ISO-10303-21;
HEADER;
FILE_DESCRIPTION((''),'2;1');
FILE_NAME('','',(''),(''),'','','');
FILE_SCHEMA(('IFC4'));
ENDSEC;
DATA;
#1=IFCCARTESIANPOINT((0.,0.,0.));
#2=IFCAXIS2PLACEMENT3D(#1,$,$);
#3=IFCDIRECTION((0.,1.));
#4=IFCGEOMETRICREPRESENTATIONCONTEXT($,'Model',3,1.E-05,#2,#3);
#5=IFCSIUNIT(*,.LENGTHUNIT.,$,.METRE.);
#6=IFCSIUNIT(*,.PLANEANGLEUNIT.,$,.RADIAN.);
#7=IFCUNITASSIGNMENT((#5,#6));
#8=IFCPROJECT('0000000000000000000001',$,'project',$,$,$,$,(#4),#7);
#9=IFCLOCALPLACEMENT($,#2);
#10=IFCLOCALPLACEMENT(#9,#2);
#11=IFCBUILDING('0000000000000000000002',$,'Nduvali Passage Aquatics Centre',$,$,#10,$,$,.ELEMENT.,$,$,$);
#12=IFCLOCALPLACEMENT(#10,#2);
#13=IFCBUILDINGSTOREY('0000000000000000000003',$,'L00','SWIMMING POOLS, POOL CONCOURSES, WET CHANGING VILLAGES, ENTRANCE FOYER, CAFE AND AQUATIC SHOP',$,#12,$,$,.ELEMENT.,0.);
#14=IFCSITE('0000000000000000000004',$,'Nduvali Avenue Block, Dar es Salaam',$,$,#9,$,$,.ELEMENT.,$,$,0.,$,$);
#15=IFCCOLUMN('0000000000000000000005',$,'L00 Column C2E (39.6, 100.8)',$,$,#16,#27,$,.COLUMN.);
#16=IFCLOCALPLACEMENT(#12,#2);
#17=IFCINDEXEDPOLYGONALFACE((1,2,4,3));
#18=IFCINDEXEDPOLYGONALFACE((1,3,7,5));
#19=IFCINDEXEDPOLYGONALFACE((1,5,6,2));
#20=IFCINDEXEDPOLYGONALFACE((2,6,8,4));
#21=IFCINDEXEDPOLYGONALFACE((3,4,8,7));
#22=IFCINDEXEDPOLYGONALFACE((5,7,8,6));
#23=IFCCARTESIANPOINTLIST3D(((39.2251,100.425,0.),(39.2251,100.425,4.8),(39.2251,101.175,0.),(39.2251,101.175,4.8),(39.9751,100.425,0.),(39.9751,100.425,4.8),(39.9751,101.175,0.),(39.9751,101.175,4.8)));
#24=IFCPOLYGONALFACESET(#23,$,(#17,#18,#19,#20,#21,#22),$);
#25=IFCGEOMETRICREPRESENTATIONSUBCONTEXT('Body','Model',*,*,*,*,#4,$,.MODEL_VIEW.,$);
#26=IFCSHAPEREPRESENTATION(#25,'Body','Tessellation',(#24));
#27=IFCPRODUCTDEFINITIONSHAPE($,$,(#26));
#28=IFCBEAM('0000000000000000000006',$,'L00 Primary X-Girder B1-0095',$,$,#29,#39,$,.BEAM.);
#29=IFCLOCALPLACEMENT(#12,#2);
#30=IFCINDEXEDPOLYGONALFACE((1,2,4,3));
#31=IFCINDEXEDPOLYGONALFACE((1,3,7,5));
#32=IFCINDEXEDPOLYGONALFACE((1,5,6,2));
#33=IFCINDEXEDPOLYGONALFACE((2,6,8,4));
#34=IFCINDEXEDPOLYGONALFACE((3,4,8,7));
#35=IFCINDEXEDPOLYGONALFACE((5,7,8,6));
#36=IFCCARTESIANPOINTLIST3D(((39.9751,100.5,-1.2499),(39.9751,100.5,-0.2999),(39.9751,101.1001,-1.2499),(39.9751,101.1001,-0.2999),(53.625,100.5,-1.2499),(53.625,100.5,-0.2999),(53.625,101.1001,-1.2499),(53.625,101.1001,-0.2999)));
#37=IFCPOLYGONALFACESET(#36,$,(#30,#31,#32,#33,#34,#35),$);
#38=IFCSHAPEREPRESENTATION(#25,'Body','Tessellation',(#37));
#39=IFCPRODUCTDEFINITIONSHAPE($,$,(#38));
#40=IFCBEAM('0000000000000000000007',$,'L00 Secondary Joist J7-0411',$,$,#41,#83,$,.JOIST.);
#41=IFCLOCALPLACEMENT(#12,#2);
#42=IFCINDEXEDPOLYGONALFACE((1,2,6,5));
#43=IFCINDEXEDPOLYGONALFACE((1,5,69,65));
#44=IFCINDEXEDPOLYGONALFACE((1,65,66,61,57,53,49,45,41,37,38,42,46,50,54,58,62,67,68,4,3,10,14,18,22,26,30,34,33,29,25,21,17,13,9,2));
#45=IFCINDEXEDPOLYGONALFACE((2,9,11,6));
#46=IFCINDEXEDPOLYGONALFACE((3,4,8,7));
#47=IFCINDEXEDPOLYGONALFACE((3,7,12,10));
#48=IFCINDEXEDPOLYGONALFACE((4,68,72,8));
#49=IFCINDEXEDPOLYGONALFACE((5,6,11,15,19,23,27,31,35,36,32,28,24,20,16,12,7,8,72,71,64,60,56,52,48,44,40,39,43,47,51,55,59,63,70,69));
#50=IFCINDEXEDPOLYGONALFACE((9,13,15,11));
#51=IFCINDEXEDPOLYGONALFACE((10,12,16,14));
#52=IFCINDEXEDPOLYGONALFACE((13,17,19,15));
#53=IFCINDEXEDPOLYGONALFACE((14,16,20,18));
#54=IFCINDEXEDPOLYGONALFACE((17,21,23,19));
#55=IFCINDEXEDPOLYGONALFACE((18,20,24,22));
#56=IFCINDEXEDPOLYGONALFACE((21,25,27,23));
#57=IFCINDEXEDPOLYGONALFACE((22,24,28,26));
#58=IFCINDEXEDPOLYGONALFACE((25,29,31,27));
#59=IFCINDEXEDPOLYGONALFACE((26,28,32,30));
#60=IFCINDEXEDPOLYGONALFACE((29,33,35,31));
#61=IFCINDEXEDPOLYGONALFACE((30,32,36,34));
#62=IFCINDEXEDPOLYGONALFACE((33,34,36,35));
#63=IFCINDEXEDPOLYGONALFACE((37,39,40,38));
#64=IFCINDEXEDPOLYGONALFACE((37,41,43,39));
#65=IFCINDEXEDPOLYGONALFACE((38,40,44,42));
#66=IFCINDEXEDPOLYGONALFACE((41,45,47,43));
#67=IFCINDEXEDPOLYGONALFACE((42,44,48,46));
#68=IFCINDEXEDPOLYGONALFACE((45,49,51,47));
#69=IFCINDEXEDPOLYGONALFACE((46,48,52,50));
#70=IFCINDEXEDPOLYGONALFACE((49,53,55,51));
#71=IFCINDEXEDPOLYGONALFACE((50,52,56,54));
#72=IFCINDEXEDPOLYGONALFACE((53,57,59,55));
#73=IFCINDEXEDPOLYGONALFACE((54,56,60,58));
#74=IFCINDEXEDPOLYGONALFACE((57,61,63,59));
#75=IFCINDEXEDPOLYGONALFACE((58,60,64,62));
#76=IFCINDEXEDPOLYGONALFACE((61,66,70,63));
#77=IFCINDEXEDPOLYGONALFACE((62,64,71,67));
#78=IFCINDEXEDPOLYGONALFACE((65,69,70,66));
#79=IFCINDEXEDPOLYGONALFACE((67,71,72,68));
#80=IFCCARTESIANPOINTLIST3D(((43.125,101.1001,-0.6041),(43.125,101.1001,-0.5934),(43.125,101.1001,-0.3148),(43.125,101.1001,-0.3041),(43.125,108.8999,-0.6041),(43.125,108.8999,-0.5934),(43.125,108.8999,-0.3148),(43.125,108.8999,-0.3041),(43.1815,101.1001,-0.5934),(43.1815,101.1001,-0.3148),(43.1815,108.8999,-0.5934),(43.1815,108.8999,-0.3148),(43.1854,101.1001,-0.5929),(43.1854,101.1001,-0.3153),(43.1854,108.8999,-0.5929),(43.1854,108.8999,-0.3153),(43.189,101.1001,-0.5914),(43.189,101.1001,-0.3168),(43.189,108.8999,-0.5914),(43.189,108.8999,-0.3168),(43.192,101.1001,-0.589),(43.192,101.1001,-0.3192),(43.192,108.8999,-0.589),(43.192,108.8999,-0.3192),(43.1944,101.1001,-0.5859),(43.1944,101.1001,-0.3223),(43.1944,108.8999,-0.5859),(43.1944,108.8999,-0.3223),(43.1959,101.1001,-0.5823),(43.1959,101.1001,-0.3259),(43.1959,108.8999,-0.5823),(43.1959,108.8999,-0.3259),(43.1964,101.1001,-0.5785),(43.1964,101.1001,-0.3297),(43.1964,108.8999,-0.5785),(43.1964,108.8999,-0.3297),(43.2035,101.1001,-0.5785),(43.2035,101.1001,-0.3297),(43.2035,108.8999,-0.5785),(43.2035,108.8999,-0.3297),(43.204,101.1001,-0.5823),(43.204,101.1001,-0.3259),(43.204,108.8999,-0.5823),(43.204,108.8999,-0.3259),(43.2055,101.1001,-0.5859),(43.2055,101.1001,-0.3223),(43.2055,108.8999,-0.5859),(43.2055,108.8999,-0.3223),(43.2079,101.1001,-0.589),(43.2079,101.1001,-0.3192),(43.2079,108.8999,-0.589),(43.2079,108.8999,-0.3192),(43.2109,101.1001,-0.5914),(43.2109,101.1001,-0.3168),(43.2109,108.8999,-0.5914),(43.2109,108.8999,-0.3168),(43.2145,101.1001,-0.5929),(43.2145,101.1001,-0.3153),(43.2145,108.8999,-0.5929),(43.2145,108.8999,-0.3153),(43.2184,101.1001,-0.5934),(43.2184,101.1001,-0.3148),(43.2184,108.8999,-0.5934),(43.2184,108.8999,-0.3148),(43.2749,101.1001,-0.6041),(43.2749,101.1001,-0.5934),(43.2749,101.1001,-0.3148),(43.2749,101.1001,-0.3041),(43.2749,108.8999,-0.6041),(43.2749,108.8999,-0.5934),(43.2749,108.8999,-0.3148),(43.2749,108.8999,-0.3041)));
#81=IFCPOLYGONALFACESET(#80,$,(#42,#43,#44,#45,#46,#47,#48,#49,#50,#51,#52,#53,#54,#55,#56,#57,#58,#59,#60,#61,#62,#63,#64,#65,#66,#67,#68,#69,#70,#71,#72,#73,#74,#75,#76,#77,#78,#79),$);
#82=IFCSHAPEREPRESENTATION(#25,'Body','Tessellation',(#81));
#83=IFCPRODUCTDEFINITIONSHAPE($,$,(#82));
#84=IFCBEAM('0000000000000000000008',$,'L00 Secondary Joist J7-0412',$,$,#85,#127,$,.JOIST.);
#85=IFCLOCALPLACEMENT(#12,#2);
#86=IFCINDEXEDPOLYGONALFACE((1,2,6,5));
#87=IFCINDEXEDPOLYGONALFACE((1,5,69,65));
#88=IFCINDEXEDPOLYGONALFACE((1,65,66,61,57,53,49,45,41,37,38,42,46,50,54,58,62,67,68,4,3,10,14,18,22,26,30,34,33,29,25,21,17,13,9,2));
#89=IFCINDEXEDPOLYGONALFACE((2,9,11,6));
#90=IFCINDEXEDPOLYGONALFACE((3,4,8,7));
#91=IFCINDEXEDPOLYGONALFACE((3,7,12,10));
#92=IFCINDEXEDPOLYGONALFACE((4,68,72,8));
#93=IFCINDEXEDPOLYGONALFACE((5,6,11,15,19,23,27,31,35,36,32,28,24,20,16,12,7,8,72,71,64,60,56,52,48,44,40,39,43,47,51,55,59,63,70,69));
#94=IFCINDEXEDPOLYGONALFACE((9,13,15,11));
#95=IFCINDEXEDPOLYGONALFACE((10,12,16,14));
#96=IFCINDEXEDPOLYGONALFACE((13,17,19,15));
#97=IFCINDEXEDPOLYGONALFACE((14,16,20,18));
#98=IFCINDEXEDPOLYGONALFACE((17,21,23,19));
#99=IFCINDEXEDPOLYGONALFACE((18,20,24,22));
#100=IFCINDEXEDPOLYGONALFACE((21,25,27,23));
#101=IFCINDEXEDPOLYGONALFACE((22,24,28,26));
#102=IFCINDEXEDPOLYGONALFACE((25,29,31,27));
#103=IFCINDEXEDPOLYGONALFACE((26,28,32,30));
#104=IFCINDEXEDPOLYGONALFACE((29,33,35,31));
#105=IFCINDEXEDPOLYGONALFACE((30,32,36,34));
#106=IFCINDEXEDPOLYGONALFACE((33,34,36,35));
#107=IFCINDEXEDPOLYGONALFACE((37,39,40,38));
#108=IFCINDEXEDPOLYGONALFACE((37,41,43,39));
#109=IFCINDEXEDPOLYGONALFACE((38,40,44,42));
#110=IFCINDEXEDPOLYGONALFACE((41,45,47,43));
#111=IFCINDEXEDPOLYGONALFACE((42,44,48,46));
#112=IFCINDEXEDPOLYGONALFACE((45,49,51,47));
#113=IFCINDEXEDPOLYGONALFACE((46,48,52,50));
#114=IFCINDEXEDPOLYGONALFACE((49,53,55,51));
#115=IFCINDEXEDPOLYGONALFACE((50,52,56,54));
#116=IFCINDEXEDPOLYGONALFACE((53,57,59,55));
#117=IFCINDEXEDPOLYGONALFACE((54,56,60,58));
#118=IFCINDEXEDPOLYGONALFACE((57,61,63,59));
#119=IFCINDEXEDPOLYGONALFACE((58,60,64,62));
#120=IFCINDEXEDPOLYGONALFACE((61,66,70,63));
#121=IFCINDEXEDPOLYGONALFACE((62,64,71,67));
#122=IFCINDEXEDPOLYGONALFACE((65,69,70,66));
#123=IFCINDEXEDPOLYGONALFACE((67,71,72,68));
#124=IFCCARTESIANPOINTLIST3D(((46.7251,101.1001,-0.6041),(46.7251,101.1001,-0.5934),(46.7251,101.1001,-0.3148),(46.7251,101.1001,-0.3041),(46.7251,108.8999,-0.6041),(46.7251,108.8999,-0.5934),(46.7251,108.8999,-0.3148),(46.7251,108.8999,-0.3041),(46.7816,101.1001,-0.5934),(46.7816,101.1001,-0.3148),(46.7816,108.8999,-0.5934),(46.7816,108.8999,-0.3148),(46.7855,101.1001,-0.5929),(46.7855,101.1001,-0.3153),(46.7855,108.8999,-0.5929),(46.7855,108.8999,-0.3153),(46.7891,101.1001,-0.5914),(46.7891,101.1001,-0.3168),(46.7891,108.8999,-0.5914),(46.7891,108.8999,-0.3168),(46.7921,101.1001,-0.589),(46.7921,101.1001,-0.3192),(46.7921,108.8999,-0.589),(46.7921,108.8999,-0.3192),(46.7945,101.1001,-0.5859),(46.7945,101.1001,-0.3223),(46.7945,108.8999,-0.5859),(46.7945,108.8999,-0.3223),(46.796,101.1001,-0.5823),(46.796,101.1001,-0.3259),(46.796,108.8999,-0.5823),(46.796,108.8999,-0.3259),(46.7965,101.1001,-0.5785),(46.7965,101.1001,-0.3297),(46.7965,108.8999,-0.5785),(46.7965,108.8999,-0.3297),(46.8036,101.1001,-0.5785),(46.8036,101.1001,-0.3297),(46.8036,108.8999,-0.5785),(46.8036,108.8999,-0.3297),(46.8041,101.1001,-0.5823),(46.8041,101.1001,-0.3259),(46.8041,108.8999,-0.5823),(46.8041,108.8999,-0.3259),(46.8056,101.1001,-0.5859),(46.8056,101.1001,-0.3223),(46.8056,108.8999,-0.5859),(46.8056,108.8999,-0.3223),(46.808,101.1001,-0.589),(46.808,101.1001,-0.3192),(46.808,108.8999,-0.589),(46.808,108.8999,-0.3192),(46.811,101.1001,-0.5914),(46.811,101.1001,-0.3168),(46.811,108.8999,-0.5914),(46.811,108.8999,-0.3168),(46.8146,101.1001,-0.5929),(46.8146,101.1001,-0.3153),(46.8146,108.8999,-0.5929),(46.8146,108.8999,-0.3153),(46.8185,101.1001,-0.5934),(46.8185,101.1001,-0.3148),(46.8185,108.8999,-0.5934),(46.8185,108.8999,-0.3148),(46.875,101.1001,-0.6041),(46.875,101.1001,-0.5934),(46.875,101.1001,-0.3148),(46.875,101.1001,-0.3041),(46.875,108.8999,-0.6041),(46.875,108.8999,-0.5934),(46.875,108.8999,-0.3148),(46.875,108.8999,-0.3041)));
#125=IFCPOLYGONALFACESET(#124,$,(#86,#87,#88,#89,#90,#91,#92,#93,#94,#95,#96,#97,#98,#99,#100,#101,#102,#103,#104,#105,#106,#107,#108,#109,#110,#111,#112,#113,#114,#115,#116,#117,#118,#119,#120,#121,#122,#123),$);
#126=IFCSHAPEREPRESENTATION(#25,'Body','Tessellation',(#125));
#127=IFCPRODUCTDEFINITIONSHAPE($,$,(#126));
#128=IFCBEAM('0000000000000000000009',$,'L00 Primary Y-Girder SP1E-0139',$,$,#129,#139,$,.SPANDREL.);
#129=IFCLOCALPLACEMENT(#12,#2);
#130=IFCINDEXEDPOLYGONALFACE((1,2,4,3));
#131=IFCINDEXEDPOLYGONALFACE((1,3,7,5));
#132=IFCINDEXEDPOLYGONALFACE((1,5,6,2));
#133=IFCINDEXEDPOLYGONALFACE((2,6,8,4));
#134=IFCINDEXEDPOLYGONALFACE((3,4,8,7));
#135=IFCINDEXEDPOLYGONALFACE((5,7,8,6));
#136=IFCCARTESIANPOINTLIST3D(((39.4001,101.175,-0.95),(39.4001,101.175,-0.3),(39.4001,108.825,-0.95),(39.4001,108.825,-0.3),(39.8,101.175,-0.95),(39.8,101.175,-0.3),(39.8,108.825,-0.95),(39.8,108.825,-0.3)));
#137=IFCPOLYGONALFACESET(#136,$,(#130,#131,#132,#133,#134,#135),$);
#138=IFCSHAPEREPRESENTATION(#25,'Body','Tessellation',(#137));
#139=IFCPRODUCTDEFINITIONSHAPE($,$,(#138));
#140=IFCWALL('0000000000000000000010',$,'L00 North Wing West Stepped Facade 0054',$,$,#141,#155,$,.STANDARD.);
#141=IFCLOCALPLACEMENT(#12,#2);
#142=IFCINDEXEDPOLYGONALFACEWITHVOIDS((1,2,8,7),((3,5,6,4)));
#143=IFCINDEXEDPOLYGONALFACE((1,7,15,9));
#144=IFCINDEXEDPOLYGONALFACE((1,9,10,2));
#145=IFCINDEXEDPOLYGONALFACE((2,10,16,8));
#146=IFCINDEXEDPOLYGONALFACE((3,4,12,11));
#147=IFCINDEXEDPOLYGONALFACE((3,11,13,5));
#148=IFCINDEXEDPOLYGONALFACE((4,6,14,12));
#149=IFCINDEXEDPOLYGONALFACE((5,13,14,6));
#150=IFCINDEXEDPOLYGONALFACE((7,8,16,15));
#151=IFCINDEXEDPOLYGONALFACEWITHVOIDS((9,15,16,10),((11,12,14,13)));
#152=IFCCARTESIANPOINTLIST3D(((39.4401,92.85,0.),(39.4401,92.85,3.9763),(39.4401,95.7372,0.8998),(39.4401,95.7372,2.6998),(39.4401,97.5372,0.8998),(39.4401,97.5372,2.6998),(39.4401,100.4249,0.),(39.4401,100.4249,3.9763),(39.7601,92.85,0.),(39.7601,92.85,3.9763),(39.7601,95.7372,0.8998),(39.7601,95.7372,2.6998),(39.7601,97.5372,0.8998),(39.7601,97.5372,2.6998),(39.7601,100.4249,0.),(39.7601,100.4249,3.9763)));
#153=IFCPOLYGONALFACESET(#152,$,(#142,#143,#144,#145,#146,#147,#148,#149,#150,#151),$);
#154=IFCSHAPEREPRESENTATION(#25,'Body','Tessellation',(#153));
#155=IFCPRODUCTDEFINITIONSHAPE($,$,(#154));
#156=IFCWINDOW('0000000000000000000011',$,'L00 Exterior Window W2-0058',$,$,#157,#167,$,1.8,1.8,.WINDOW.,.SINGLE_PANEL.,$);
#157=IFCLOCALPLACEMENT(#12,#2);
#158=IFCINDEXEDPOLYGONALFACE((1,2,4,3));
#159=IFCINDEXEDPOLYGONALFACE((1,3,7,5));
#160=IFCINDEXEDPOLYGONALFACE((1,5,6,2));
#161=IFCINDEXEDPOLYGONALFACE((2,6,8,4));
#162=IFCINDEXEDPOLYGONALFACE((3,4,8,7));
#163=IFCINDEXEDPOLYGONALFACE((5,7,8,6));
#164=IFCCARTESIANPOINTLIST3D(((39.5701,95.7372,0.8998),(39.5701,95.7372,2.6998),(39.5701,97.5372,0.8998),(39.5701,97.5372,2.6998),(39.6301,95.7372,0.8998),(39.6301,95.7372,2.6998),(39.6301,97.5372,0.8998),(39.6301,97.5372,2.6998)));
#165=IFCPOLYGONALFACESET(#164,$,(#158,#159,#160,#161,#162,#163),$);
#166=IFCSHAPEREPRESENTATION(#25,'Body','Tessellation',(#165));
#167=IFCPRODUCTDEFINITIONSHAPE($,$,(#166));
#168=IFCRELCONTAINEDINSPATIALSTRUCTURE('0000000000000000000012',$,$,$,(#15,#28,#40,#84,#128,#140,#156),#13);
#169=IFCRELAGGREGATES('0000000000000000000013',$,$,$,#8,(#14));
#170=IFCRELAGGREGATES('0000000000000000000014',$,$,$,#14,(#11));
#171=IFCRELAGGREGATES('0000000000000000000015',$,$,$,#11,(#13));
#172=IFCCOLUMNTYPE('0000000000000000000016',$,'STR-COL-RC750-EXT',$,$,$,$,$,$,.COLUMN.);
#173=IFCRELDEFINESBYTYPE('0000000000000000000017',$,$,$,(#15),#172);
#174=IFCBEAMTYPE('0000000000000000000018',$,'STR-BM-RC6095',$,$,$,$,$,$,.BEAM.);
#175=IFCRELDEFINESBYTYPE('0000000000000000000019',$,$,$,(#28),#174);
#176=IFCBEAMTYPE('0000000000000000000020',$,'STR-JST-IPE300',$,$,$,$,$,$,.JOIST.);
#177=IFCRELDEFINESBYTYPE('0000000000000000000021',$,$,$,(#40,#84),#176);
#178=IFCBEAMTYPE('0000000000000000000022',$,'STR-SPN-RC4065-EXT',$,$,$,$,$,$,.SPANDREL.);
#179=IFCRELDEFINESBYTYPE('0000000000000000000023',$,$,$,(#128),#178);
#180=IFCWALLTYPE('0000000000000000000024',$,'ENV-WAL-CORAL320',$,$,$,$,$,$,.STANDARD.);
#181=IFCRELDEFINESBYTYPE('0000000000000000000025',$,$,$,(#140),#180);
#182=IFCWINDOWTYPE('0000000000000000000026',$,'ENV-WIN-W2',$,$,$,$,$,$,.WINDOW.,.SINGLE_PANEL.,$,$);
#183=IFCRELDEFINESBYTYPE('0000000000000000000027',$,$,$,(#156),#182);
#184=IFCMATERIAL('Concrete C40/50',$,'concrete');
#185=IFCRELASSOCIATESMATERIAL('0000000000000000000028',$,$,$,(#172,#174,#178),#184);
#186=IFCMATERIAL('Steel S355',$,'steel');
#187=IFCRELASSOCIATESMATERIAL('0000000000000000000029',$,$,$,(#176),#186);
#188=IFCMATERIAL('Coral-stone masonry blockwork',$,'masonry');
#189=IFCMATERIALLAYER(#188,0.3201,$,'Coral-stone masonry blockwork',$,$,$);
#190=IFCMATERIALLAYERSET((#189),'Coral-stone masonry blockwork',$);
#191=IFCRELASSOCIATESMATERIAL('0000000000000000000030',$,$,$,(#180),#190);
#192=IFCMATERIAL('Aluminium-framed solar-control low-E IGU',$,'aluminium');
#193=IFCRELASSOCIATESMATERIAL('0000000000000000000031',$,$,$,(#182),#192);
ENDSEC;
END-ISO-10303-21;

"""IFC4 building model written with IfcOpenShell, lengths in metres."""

from ifc_helpers import new_model, si_unit, direction, frame, frame_2d, origin, origin_2d, place, context, subcontext, project, spatial, rectangle, i_section, extrude, material, layer, layer_set, material_profile, profile_set, type_object, element, fill, save


model = new_model("IFC4")

# Units and contexts
model_context = context("Model", 3, precision=1e-05, world=origin(), true_north=direction((0.0, 1.0)))
body_context = subcontext(model_context, "Body", "Model", "MODEL_VIEW")
ifc_project = project(units=[si_unit("LENGTHUNIT", "METRE"), si_unit("PLANEANGLEUNIT", "RADIAN")], contexts=[model_context])

# Site, building, storey
site_placement = place(None, origin())
site = spatial("IfcSite", under=ifc_project, at=site_placement, Name="Nduvali Avenue Block, Dar es Salaam", CompositionType="ELEMENT", RefElevation=0.0)
building_placement = place(site_placement, origin())
building = spatial("IfcBuilding", under=site, at=building_placement, Name="Nduvali Passage Aquatics Centre", CompositionType="ELEMENT")
storey_placement = place(building_placement, origin())
storey = spatial("IfcBuildingStorey", under=building, at=storey_placement, Name="L00", Description="SWIMMING POOLS, POOL CONCOURSES, WET CHANGING VILLAGES, ENTRANCE FOYER, CAFE AND AQUATIC SHOP", CompositionType="ELEMENT", Elevation=0.0)

# Column
ifc_material_1 = material(Name="Concrete C40/50", Category="concrete")
ifc_material_profile_1 = material_profile(ifc_material_1, rectangle(XDim=0.75, YDim=0.75, at=origin_2d()), Name="RC 750x750")
ifc_profile_set_1 = profile_set([ifc_material_profile_1], Name="Concrete C40/50")
column_type = type_object("IfcColumnType", Name="STR-COL-RC750-EXT", PredefinedType="COLUMN", material=ifc_profile_set_1)
column_placement = place(storey_placement, frame((39.6001, 100.8, 0.0), z_axis=(0.0, 0.0, 1.0), x_axis=(1.0, 0.0, 0.0)))
element("IfcColumn", 1, at=column_placement, inside=storey, type_object=column_type, Name="L00 Column C2E (39.6, 100.8)", PredefinedType="COLUMN", context=body_context, shape_type="SweptSolid", body=[
    extrude(rectangle(XDim=0.75, YDim=0.75, at=origin_2d()), origin(), (0.0, 0.0, 1.0), 4.8),
])

# Beams
ifc_material_profile_2 = material_profile(ifc_material_1, rectangle(XDim=0.6001, YDim=0.95, at=origin_2d()), Name="RC 600x950")
ifc_profile_set_2 = profile_set([ifc_material_profile_2], Name="Concrete C40/50")
beam_type_1 = type_object("IfcBeamType", Name="STR-BM-RC6095", PredefinedType="BEAM", material=ifc_profile_set_2)
beam_1_placement = place(storey_placement, frame((39.9751, 100.8, -0.7749), z_axis=(1.0, 0.0, 0.0), x_axis=(0.0, 1.0, 0.0)))
element("IfcBeam", 2, at=beam_1_placement, inside=storey, type_object=beam_type_1, Name="L00 Primary X-Girder B1-0095", PredefinedType="BEAM", context=body_context, shape_type="SweptSolid", body=[
    extrude(rectangle(XDim=0.6001, YDim=0.95, at=origin_2d()), origin(), (0.0, 0.0, 1.0), 13.6499),
])
ifc_material_2 = material(Name="Steel S355", Category="steel")
ifc_material_profile_3 = material_profile(ifc_material_2, i_section(OverallWidth=0.1499, OverallDepth=0.3, WebThickness=0.0071, FlangeThickness=0.0107, FilletRadius=0.0149, at=origin_2d()), Name="IPE 300")
ifc_profile_set_3 = profile_set([ifc_material_profile_3], Name="Steel S355")
beam_type_2 = type_object("IfcBeamType", Name="STR-JST-IPE300", PredefinedType="JOIST", material=ifc_profile_set_3)
for number, where, z_axis, x_axis, name in (
    (3, (43.2, 101.1001, -0.4541), (0.0, 1.0, 0.0), (-1.0, 0.0, 0.0), "L00 Secondary Joist J7-0411"),
    (4, (46.8, 101.1001, -0.4541), (0.0, 1.0, 0.0), (-1.0, 0.0, 0.0), "L00 Secondary Joist J7-0412"),
):
    element("IfcBeam", number, at=place(storey_placement, frame(where, z_axis=z_axis, x_axis=x_axis)), inside=storey, type_object=beam_type_2, Name=name, PredefinedType="JOIST", context=body_context, shape_type="SweptSolid", body=[
        extrude(i_section(OverallWidth=0.1499, OverallDepth=0.3, WebThickness=0.0071, FlangeThickness=0.0107, FilletRadius=0.0149, at=origin_2d()), origin(), (0.0, 0.0, 1.0), 7.7998),
    ])
ifc_material_profile_4 = material_profile(ifc_material_1, rectangle(XDim=0.3999, YDim=0.6499, at=origin_2d()), Name="RC 400x650")
ifc_profile_set_4 = profile_set([ifc_material_profile_4], Name="Concrete C40/50")
beam_type_3 = type_object("IfcBeamType", Name="STR-SPN-RC4065-EXT", PredefinedType="SPANDREL", material=ifc_profile_set_4)
beam_2_placement = place(storey_placement, frame((39.6001, 101.175, -0.625), z_axis=(0.0, 1.0, 0.0), x_axis=(-1.0, 0.0, 0.0)))
element("IfcBeam", 5, at=beam_2_placement, inside=storey, type_object=beam_type_3, Name="L00 Primary Y-Girder SP1E-0139", PredefinedType="SPANDREL", context=body_context, shape_type="SweptSolid", body=[
    extrude(rectangle(XDim=0.3999, YDim=0.6499, at=origin_2d()), origin(), (0.0, 0.0, 1.0), 7.6499),
])

# Wall, opening, window
ifc_material_3 = material(Name="Coral-stone masonry blockwork", Category="masonry")
ifc_layer_1 = layer(ifc_material_3, 0.3201, Name="Coral-stone masonry blockwork")
ifc_layer_set_1 = layer_set([ifc_layer_1], Name="Coral-stone masonry blockwork")
wall_type_1 = type_object("IfcWallType", Name="ENV-WAL-CORAL320", PredefinedType="STANDARD", material=ifc_layer_set_1)
wall_1_placement = place(storey_placement, frame((39.6001, 100.425, 0.0), z_axis=(0.0, 0.0, 1.0), x_axis=(0.0, -1.0, 0.0)))
wall_1 = element("IfcWall", 6, at=wall_1_placement, inside=storey, type_object=wall_type_1, Name="L00 North Wing West Stepped Facade 0054", PredefinedType="STANDARD", context=body_context, shape_type="SweptSolid", body=[
    extrude(rectangle(XDim=7.575, YDim=0.3201, at=frame_2d((3.7876, 0.0))), origin(), (0.0, 0.0, 1.0), 3.9763),
])
opening_1_placement = place(wall_1_placement, frame((2.8879, 0.0, 0.8999)))
opening_1 = element("IfcOpeningElement", 7, at=opening_1_placement, cuts=wall_1, PredefinedType="OPENING", context=body_context, shape_type="SweptSolid", body=[
    extrude(rectangle(XDim=1.8, YDim=1.8, at=frame_2d((0.8999, 0.8999))), frame((0.0, 0.1748, 0.0), z_axis=(0.0, -1.0, 0.0), x_axis=(1.0, 0.0, 0.0)), (0.0, 0.0, 1.0), 0.3499),
])
ifc_material_4 = material(Name="Aluminium-framed solar-control low-E IGU", Category="aluminium")
window_type = type_object("IfcWindowType", Name="ENV-WIN-W2", PartitioningType="SINGLE_PANEL", PredefinedType="WINDOW", material=ifc_material_4)
window_placement = place(opening_1_placement, origin())
window = element("IfcWindow", 8, at=window_placement, inside=storey, type_object=window_type, Name="L00 Exterior Window W2-0058", OverallHeight=1.8, OverallWidth=1.8, PartitioningType="SINGLE_PANEL", PredefinedType="WINDOW", context=body_context, shape_type="SweptSolid", body=[
    extrude(rectangle(XDim=1.8, YDim=1.8, at=frame_2d((0.8999, 0.8999))), frame((0.0, 0.03, 0.0), z_axis=(0.0, -1.0, 0.0), x_axis=(1.0, 0.0, 0.0)), (0.0, 0.0, 1.0), 0.0601),
])
fill(opening_1, window)

save(model, "model.ifc")
